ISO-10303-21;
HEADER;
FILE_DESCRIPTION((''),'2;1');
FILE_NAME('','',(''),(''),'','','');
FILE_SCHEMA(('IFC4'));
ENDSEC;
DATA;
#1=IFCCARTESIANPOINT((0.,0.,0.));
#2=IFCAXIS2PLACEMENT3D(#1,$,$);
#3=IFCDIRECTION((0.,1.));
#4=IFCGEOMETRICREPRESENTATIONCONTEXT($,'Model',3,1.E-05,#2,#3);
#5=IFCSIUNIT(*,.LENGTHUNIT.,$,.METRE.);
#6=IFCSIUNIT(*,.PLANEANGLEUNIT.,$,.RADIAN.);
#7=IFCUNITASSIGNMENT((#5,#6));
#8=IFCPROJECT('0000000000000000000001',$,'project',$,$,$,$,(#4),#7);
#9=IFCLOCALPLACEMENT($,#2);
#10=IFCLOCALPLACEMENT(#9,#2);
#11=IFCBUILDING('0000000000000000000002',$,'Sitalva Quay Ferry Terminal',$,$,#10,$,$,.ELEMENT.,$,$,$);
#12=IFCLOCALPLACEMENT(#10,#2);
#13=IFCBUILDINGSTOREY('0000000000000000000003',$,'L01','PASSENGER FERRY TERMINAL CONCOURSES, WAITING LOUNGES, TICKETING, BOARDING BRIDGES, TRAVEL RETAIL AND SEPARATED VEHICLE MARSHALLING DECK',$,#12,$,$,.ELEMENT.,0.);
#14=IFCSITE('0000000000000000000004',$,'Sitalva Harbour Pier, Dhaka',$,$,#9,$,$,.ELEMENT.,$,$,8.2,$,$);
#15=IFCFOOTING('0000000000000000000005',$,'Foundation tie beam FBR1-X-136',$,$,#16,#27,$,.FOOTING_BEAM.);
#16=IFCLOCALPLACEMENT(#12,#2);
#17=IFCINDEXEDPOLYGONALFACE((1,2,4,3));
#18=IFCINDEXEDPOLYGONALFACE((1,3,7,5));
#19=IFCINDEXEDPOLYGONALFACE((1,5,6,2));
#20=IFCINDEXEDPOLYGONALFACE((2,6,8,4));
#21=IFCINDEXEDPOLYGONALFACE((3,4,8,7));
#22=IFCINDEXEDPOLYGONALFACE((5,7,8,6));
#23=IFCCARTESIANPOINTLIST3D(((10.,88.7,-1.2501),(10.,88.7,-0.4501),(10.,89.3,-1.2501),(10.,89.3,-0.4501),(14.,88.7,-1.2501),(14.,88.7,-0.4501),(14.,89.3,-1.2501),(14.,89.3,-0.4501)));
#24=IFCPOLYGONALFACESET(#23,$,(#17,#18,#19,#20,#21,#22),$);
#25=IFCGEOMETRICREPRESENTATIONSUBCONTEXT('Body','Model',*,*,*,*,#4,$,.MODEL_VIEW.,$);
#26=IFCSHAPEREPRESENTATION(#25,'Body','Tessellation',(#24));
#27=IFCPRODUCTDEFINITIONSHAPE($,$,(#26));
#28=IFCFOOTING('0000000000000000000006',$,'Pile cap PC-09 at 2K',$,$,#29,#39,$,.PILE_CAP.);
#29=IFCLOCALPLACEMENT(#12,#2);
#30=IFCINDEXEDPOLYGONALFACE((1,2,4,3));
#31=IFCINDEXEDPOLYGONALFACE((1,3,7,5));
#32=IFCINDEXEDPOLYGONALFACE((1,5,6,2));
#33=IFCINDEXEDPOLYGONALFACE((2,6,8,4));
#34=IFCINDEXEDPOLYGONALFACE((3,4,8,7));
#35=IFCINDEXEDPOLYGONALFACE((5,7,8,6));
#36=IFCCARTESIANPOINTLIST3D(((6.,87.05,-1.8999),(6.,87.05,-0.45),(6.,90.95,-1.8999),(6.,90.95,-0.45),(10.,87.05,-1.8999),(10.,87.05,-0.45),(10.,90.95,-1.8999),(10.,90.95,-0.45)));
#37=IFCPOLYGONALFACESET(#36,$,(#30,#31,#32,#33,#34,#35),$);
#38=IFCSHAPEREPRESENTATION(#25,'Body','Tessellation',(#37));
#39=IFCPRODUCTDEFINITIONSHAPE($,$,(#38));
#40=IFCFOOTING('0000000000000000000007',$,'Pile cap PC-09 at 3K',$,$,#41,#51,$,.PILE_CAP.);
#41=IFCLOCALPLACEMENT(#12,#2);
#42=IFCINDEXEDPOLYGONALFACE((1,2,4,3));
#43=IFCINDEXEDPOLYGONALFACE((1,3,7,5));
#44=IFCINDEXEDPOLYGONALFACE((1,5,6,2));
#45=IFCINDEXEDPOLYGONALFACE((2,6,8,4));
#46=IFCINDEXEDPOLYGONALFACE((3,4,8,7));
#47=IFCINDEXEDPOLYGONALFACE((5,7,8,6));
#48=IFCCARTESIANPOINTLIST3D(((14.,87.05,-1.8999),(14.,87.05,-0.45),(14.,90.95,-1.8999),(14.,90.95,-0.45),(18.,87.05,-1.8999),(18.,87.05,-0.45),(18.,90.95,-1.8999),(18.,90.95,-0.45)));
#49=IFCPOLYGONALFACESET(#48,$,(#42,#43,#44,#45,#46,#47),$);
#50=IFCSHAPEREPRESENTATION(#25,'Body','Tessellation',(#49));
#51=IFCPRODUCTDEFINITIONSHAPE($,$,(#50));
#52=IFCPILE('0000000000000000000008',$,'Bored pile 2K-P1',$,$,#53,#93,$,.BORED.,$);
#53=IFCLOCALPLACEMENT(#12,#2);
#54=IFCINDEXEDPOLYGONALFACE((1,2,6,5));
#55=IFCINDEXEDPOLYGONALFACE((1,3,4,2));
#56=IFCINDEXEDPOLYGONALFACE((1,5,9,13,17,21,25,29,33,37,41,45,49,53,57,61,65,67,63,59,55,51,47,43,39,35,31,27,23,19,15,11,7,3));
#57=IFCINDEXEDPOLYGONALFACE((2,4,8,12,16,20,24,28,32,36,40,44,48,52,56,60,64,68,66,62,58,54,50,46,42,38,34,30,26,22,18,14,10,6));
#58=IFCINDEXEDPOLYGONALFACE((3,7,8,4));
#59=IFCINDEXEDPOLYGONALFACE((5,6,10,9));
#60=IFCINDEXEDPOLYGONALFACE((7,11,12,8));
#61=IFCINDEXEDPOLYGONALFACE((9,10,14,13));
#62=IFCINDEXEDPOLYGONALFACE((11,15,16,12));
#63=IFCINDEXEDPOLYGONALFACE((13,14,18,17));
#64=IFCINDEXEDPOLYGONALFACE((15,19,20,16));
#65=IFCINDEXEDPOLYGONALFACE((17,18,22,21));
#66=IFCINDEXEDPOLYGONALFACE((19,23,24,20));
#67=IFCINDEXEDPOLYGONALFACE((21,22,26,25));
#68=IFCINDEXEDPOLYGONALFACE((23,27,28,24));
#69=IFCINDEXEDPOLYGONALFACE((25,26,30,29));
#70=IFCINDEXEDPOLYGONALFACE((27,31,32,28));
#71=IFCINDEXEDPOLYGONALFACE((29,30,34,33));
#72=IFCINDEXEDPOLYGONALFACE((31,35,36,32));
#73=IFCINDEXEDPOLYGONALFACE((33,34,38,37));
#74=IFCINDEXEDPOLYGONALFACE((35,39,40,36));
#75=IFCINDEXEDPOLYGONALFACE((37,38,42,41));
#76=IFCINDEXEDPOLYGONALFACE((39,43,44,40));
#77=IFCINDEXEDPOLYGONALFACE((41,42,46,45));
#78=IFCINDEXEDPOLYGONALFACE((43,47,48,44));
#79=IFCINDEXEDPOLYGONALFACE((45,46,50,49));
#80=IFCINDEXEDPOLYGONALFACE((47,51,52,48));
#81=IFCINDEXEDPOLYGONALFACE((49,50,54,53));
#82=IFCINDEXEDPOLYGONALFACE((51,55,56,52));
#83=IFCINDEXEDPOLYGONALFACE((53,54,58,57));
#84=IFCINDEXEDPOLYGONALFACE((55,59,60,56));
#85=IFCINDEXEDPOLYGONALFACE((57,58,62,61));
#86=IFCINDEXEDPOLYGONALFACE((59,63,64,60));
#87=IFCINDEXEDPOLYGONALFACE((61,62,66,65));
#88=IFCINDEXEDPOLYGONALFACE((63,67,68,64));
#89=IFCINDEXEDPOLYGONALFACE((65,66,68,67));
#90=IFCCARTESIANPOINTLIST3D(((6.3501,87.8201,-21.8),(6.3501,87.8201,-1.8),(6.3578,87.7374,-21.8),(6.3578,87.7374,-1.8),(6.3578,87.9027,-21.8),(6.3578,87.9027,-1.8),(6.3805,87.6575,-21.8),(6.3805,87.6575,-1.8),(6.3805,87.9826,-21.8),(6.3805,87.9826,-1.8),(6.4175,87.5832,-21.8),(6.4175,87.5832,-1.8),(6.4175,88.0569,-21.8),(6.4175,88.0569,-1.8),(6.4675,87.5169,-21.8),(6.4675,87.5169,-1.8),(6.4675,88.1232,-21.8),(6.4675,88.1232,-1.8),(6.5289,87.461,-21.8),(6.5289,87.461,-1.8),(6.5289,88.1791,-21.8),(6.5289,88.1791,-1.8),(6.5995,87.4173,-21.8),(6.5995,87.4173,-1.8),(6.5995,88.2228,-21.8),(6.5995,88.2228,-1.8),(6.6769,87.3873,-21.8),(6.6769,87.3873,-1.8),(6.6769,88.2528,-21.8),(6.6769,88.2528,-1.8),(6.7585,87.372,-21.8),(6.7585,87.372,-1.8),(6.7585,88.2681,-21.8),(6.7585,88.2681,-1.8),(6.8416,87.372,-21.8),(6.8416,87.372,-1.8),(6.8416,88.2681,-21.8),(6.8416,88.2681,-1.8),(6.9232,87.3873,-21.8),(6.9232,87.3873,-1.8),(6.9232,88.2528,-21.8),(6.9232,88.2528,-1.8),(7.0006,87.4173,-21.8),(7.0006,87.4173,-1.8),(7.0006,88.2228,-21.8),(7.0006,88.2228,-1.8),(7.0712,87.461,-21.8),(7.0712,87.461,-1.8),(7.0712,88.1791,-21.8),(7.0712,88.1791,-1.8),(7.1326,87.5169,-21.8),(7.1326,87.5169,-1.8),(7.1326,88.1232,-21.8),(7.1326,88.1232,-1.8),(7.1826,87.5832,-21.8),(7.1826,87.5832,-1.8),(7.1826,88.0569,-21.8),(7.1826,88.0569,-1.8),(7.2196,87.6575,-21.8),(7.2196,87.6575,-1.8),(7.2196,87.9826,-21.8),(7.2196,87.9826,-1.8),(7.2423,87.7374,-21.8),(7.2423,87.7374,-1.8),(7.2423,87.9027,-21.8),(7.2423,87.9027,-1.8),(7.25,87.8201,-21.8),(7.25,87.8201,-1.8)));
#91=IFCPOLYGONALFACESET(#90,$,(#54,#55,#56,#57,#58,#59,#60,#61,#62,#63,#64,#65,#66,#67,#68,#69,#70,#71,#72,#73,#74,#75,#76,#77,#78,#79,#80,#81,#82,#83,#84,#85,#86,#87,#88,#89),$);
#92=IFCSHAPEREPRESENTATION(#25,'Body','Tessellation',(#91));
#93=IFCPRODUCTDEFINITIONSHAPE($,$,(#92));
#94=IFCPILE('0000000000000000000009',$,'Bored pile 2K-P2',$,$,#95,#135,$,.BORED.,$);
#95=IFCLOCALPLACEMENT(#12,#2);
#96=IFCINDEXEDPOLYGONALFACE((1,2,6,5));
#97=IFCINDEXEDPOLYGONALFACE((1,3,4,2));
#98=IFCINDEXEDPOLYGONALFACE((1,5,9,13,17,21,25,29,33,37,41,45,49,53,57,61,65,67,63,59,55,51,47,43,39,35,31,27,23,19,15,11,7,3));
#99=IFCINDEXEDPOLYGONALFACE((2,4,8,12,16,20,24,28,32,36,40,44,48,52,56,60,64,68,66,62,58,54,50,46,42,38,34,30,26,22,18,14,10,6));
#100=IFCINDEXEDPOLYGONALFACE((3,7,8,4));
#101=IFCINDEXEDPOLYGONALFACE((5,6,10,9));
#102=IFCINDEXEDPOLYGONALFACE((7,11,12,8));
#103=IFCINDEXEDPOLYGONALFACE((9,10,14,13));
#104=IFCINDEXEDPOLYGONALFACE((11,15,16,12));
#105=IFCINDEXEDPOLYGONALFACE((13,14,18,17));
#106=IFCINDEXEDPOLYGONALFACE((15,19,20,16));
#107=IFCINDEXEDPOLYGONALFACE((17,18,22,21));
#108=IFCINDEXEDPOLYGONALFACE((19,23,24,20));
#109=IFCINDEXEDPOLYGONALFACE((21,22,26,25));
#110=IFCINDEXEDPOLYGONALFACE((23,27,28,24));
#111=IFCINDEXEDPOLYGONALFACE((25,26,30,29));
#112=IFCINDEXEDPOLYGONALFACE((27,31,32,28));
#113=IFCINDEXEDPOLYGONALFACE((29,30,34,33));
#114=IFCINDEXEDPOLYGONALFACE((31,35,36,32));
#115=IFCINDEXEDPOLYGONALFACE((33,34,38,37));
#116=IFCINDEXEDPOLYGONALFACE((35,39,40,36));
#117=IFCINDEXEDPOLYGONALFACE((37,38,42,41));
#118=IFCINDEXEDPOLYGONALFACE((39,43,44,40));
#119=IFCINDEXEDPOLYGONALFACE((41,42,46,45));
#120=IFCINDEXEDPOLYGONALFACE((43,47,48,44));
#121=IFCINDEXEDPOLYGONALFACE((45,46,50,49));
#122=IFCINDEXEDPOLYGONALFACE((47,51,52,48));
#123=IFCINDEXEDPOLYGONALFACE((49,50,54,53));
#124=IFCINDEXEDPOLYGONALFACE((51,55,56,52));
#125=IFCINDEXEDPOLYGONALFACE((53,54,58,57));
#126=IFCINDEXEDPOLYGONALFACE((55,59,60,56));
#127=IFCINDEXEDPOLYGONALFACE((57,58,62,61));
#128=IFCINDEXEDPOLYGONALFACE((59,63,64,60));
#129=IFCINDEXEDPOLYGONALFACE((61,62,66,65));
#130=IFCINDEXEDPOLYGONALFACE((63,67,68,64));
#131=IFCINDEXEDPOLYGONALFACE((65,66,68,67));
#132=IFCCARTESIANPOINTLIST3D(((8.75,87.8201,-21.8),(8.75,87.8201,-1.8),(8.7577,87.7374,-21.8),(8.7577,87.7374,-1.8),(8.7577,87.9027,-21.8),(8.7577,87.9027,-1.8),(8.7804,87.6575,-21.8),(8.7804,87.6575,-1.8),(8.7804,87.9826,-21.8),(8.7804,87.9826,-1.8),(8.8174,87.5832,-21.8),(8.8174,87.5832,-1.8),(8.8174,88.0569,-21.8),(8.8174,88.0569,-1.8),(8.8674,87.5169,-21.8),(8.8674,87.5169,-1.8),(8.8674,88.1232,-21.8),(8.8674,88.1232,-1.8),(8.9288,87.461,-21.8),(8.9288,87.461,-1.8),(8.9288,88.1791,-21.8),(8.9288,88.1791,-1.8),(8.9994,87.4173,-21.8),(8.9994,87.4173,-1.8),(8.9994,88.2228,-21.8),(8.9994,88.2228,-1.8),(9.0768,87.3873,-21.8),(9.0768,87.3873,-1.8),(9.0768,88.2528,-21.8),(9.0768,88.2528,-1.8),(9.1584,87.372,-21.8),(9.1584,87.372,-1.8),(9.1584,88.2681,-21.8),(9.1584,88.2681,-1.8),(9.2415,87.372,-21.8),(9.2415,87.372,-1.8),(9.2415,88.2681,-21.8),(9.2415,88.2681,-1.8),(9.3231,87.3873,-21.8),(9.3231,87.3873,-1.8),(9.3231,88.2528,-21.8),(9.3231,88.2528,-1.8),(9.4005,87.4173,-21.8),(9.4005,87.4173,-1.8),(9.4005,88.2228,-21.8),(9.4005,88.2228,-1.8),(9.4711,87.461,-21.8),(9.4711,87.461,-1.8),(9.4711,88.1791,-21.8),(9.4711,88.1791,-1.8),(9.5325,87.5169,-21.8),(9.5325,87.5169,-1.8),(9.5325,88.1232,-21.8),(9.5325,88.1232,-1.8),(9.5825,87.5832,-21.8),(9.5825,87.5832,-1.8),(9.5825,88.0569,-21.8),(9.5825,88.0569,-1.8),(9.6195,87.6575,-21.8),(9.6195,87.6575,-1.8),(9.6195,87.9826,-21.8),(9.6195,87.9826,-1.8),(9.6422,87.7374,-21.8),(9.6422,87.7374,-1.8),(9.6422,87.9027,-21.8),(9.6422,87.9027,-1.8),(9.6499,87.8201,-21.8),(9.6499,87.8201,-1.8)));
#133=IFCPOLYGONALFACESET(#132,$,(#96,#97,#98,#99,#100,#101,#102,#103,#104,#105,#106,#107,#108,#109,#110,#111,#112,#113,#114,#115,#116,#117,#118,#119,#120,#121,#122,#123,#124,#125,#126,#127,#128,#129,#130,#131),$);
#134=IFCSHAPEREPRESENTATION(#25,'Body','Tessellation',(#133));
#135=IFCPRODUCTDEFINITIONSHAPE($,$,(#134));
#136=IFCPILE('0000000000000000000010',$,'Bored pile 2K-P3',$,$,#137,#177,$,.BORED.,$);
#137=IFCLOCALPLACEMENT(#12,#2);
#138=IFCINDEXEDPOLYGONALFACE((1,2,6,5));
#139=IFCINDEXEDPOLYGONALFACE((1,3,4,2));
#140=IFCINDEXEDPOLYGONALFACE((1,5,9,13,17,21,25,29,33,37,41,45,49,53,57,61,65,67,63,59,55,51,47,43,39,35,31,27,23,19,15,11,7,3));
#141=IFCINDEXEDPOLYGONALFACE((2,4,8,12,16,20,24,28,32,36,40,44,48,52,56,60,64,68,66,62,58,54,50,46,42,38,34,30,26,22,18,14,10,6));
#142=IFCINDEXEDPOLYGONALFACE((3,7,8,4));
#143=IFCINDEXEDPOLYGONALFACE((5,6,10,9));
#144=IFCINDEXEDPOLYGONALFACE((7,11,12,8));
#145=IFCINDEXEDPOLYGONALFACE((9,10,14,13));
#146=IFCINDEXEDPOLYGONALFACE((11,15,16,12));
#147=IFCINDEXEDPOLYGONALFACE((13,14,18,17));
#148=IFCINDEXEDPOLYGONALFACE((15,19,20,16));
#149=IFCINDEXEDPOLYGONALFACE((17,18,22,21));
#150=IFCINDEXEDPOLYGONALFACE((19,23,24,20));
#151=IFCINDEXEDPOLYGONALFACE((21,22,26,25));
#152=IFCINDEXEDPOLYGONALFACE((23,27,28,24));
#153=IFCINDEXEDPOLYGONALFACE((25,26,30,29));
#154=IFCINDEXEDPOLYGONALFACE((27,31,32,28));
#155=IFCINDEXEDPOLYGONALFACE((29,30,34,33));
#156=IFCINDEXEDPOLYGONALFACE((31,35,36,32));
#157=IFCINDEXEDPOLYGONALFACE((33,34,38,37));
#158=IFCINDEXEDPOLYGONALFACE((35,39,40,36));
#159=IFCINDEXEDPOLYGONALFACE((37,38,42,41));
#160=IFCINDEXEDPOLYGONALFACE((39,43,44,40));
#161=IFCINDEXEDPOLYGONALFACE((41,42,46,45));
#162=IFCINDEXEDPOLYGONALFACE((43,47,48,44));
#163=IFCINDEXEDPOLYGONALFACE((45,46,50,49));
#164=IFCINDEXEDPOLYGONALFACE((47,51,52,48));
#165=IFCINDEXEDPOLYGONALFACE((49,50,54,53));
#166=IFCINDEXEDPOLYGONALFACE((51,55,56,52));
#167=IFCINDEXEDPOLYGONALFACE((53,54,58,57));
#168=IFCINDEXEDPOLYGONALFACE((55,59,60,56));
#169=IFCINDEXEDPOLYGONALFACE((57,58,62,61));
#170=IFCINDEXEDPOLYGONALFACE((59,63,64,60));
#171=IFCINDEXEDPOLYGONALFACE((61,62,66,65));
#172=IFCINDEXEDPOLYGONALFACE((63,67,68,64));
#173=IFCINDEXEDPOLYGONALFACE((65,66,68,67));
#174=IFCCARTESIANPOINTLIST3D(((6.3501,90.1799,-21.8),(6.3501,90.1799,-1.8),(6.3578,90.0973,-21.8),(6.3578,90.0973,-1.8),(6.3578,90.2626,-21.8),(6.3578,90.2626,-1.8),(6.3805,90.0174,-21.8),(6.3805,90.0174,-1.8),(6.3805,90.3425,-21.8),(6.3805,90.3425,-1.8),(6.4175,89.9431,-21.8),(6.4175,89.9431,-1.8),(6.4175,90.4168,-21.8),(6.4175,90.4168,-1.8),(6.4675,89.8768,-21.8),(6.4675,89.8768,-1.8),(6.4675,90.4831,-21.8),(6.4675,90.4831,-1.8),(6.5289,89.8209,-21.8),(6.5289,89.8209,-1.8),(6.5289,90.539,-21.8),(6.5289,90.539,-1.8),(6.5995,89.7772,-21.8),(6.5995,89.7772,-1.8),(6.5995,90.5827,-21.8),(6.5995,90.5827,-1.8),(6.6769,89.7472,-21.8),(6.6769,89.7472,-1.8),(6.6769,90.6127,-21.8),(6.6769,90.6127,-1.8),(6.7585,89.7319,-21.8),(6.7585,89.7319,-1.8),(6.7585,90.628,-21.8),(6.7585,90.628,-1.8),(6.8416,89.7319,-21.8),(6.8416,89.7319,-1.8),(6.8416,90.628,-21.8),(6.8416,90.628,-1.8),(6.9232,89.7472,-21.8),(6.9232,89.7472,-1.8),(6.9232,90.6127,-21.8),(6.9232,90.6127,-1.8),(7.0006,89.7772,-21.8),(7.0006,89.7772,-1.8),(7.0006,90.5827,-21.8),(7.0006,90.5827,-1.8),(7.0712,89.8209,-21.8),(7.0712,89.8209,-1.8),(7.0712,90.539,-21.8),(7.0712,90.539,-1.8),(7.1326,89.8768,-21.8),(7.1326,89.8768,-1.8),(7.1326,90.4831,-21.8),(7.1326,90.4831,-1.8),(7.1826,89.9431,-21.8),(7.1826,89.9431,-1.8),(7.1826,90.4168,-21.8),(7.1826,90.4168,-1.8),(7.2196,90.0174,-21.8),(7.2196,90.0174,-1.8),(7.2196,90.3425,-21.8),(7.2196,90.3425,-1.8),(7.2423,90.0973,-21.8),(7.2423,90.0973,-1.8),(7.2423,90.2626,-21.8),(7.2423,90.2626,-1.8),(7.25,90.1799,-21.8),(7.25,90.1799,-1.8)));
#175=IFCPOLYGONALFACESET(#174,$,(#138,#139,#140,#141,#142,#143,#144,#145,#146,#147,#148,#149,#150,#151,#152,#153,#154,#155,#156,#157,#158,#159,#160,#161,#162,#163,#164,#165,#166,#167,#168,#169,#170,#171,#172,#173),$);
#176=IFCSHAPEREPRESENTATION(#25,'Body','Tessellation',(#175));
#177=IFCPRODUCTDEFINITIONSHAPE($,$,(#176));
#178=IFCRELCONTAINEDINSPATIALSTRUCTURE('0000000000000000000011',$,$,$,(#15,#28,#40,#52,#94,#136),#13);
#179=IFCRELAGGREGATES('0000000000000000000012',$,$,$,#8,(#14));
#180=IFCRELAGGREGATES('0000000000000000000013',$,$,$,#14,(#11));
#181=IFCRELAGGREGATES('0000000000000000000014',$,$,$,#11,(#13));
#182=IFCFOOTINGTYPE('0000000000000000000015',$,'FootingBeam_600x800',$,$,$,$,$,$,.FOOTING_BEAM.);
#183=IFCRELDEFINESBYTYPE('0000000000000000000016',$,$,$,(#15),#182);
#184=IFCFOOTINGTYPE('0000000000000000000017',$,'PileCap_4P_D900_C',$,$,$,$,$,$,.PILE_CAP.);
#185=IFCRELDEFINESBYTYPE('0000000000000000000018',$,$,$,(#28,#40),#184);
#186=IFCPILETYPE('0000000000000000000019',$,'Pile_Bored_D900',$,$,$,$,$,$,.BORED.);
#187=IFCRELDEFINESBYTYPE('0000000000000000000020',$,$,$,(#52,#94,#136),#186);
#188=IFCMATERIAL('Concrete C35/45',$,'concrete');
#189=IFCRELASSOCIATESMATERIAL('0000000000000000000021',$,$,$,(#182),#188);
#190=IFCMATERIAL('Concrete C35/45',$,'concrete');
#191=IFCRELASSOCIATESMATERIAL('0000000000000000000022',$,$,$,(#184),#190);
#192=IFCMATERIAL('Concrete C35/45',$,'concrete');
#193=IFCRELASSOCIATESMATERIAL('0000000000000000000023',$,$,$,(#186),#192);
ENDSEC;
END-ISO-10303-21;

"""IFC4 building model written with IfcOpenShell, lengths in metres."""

from ifc_helpers import new_model, si_unit, direction, frame, origin, origin_2d, place, context, subcontext, project, spatial, rectangle, circle, extrude, material, material_profile, profile_set, type_object, element, save


model = new_model("IFC4")

# Units and contexts
model_context = context("Model", 3, precision=1e-05, world=origin(), true_north=direction((0.0, 1.0)))
body_context = subcontext(model_context, "Body", "Model", "MODEL_VIEW")
ifc_project = project(units=[si_unit("LENGTHUNIT", "METRE"), si_unit("PLANEANGLEUNIT", "RADIAN")], contexts=[model_context])

# Site, building, storey
site_placement = place(None, origin())
site = spatial("IfcSite", under=ifc_project, at=site_placement, Name="Sitalva Harbour Pier, Dhaka", CompositionType="ELEMENT", RefElevation=8.2)
building_placement = place(site_placement, origin())
building = spatial("IfcBuilding", under=site, at=building_placement, Name="Sitalva Quay Ferry Terminal", CompositionType="ELEMENT")
storey_placement = place(building_placement, origin())
storey = spatial("IfcBuildingStorey", under=building, at=storey_placement, Name="L01", Description="PASSENGER FERRY TERMINAL CONCOURSES, WAITING LOUNGES, TICKETING, BOARDING BRIDGES, TRAVEL RETAIL AND SEPARATED VEHICLE MARSHALLING DECK", CompositionType="ELEMENT", Elevation=0.0)

# Footings
ifc_material_1 = material(Name="Concrete C35/45", Category="concrete")
ifc_material_profile_1 = material_profile(ifc_material_1, rectangle(XDim=0.6001, YDim=0.8, at=origin_2d()), Name="RC600x800")
ifc_profile_set_1 = profile_set([ifc_material_profile_1], Name="Concrete C35/45")
footing_type_1 = type_object("IfcFootingType", Name="FootingBeam_600x800", PredefinedType="FOOTING_BEAM", material=ifc_profile_set_1)
footing_1_placement = place(storey_placement, frame((10.0, 89.0, -0.8501), z_axis=(1.0, 0.0, 0.0), x_axis=(0.0, 1.0, 0.0)))
element("IfcFooting", 1, at=footing_1_placement, inside=storey, type_object=footing_type_1, Name="Foundation tie beam FBR1-X-136", PredefinedType="FOOTING_BEAM", context=body_context, shape_type="SweptSolid", body=[
    extrude(rectangle(XDim=0.6001, YDim=0.8, at=origin_2d()), origin(), (0.0, 0.0, 1.0), 4.0),
])
ifc_material_2 = material(Name="Concrete C35/45", Category="concrete")
footing_type_2 = type_object("IfcFootingType", Name="PileCap_4P_D900_C", PredefinedType="PILE_CAP", material=ifc_material_2)
for number, where, z_axis, x_axis, name in (
    (2, (8.0, 89.0, -1.8999), (0.0, 0.0, 1.0), (1.0, 0.0, 0.0), "Pile cap PC-09 at 2K"),
    (3, (16.0, 89.0, -1.8999), (0.0, 0.0, 1.0), (1.0, 0.0, 0.0), "Pile cap PC-09 at 3K"),
):
    element("IfcFooting", number, at=place(storey_placement, frame(where, z_axis=z_axis, x_axis=x_axis)), inside=storey, type_object=footing_type_2, Name=name, PredefinedType="PILE_CAP", context=body_context, shape_type="SweptSolid", body=[
        extrude(rectangle(XDim=4.0, YDim=3.8999, at=origin_2d()), origin(), (0.0, 0.0, 1.0), 1.45),
    ])

# Piles
ifc_material_3 = material(Name="Concrete C35/45", Category="concrete")
ifc_material_profile_2 = material_profile(ifc_material_3, circle(Radius=0.45, at=origin_2d()), Name="PILE-D900")
ifc_profile_set_2 = profile_set([ifc_material_profile_2], Name="Concrete C35/45")
pile_type = type_object("IfcPileType", Name="Pile_Bored_D900", PredefinedType="BORED", material=ifc_profile_set_2)
for number, where, z_axis, x_axis, name in (
    (4, (6.8, 87.8201, -1.8), (0.0, 0.0, -1.0), (1.0, 0.0, 0.0), "Bored pile 2K-P1"),
    (5, (9.2, 87.8201, -1.8), (0.0, 0.0, -1.0), (1.0, 0.0, 0.0), "Bored pile 2K-P2"),
    (6, (6.8, 90.1799, -1.8), (0.0, 0.0, -1.0), (1.0, 0.0, 0.0), "Bored pile 2K-P3"),
):
    element("IfcPile", number, at=place(storey_placement, frame(where, z_axis=z_axis, x_axis=x_axis)), inside=storey, type_object=pile_type, Name=name, PredefinedType="BORED", context=body_context, shape_type="SweptSolid", body=[
        extrude(circle(Radius=0.45, at=origin_2d()), origin(), (0.0, 0.0, 1.0), 20.0),
    ])

save(model, "model.ifc")
